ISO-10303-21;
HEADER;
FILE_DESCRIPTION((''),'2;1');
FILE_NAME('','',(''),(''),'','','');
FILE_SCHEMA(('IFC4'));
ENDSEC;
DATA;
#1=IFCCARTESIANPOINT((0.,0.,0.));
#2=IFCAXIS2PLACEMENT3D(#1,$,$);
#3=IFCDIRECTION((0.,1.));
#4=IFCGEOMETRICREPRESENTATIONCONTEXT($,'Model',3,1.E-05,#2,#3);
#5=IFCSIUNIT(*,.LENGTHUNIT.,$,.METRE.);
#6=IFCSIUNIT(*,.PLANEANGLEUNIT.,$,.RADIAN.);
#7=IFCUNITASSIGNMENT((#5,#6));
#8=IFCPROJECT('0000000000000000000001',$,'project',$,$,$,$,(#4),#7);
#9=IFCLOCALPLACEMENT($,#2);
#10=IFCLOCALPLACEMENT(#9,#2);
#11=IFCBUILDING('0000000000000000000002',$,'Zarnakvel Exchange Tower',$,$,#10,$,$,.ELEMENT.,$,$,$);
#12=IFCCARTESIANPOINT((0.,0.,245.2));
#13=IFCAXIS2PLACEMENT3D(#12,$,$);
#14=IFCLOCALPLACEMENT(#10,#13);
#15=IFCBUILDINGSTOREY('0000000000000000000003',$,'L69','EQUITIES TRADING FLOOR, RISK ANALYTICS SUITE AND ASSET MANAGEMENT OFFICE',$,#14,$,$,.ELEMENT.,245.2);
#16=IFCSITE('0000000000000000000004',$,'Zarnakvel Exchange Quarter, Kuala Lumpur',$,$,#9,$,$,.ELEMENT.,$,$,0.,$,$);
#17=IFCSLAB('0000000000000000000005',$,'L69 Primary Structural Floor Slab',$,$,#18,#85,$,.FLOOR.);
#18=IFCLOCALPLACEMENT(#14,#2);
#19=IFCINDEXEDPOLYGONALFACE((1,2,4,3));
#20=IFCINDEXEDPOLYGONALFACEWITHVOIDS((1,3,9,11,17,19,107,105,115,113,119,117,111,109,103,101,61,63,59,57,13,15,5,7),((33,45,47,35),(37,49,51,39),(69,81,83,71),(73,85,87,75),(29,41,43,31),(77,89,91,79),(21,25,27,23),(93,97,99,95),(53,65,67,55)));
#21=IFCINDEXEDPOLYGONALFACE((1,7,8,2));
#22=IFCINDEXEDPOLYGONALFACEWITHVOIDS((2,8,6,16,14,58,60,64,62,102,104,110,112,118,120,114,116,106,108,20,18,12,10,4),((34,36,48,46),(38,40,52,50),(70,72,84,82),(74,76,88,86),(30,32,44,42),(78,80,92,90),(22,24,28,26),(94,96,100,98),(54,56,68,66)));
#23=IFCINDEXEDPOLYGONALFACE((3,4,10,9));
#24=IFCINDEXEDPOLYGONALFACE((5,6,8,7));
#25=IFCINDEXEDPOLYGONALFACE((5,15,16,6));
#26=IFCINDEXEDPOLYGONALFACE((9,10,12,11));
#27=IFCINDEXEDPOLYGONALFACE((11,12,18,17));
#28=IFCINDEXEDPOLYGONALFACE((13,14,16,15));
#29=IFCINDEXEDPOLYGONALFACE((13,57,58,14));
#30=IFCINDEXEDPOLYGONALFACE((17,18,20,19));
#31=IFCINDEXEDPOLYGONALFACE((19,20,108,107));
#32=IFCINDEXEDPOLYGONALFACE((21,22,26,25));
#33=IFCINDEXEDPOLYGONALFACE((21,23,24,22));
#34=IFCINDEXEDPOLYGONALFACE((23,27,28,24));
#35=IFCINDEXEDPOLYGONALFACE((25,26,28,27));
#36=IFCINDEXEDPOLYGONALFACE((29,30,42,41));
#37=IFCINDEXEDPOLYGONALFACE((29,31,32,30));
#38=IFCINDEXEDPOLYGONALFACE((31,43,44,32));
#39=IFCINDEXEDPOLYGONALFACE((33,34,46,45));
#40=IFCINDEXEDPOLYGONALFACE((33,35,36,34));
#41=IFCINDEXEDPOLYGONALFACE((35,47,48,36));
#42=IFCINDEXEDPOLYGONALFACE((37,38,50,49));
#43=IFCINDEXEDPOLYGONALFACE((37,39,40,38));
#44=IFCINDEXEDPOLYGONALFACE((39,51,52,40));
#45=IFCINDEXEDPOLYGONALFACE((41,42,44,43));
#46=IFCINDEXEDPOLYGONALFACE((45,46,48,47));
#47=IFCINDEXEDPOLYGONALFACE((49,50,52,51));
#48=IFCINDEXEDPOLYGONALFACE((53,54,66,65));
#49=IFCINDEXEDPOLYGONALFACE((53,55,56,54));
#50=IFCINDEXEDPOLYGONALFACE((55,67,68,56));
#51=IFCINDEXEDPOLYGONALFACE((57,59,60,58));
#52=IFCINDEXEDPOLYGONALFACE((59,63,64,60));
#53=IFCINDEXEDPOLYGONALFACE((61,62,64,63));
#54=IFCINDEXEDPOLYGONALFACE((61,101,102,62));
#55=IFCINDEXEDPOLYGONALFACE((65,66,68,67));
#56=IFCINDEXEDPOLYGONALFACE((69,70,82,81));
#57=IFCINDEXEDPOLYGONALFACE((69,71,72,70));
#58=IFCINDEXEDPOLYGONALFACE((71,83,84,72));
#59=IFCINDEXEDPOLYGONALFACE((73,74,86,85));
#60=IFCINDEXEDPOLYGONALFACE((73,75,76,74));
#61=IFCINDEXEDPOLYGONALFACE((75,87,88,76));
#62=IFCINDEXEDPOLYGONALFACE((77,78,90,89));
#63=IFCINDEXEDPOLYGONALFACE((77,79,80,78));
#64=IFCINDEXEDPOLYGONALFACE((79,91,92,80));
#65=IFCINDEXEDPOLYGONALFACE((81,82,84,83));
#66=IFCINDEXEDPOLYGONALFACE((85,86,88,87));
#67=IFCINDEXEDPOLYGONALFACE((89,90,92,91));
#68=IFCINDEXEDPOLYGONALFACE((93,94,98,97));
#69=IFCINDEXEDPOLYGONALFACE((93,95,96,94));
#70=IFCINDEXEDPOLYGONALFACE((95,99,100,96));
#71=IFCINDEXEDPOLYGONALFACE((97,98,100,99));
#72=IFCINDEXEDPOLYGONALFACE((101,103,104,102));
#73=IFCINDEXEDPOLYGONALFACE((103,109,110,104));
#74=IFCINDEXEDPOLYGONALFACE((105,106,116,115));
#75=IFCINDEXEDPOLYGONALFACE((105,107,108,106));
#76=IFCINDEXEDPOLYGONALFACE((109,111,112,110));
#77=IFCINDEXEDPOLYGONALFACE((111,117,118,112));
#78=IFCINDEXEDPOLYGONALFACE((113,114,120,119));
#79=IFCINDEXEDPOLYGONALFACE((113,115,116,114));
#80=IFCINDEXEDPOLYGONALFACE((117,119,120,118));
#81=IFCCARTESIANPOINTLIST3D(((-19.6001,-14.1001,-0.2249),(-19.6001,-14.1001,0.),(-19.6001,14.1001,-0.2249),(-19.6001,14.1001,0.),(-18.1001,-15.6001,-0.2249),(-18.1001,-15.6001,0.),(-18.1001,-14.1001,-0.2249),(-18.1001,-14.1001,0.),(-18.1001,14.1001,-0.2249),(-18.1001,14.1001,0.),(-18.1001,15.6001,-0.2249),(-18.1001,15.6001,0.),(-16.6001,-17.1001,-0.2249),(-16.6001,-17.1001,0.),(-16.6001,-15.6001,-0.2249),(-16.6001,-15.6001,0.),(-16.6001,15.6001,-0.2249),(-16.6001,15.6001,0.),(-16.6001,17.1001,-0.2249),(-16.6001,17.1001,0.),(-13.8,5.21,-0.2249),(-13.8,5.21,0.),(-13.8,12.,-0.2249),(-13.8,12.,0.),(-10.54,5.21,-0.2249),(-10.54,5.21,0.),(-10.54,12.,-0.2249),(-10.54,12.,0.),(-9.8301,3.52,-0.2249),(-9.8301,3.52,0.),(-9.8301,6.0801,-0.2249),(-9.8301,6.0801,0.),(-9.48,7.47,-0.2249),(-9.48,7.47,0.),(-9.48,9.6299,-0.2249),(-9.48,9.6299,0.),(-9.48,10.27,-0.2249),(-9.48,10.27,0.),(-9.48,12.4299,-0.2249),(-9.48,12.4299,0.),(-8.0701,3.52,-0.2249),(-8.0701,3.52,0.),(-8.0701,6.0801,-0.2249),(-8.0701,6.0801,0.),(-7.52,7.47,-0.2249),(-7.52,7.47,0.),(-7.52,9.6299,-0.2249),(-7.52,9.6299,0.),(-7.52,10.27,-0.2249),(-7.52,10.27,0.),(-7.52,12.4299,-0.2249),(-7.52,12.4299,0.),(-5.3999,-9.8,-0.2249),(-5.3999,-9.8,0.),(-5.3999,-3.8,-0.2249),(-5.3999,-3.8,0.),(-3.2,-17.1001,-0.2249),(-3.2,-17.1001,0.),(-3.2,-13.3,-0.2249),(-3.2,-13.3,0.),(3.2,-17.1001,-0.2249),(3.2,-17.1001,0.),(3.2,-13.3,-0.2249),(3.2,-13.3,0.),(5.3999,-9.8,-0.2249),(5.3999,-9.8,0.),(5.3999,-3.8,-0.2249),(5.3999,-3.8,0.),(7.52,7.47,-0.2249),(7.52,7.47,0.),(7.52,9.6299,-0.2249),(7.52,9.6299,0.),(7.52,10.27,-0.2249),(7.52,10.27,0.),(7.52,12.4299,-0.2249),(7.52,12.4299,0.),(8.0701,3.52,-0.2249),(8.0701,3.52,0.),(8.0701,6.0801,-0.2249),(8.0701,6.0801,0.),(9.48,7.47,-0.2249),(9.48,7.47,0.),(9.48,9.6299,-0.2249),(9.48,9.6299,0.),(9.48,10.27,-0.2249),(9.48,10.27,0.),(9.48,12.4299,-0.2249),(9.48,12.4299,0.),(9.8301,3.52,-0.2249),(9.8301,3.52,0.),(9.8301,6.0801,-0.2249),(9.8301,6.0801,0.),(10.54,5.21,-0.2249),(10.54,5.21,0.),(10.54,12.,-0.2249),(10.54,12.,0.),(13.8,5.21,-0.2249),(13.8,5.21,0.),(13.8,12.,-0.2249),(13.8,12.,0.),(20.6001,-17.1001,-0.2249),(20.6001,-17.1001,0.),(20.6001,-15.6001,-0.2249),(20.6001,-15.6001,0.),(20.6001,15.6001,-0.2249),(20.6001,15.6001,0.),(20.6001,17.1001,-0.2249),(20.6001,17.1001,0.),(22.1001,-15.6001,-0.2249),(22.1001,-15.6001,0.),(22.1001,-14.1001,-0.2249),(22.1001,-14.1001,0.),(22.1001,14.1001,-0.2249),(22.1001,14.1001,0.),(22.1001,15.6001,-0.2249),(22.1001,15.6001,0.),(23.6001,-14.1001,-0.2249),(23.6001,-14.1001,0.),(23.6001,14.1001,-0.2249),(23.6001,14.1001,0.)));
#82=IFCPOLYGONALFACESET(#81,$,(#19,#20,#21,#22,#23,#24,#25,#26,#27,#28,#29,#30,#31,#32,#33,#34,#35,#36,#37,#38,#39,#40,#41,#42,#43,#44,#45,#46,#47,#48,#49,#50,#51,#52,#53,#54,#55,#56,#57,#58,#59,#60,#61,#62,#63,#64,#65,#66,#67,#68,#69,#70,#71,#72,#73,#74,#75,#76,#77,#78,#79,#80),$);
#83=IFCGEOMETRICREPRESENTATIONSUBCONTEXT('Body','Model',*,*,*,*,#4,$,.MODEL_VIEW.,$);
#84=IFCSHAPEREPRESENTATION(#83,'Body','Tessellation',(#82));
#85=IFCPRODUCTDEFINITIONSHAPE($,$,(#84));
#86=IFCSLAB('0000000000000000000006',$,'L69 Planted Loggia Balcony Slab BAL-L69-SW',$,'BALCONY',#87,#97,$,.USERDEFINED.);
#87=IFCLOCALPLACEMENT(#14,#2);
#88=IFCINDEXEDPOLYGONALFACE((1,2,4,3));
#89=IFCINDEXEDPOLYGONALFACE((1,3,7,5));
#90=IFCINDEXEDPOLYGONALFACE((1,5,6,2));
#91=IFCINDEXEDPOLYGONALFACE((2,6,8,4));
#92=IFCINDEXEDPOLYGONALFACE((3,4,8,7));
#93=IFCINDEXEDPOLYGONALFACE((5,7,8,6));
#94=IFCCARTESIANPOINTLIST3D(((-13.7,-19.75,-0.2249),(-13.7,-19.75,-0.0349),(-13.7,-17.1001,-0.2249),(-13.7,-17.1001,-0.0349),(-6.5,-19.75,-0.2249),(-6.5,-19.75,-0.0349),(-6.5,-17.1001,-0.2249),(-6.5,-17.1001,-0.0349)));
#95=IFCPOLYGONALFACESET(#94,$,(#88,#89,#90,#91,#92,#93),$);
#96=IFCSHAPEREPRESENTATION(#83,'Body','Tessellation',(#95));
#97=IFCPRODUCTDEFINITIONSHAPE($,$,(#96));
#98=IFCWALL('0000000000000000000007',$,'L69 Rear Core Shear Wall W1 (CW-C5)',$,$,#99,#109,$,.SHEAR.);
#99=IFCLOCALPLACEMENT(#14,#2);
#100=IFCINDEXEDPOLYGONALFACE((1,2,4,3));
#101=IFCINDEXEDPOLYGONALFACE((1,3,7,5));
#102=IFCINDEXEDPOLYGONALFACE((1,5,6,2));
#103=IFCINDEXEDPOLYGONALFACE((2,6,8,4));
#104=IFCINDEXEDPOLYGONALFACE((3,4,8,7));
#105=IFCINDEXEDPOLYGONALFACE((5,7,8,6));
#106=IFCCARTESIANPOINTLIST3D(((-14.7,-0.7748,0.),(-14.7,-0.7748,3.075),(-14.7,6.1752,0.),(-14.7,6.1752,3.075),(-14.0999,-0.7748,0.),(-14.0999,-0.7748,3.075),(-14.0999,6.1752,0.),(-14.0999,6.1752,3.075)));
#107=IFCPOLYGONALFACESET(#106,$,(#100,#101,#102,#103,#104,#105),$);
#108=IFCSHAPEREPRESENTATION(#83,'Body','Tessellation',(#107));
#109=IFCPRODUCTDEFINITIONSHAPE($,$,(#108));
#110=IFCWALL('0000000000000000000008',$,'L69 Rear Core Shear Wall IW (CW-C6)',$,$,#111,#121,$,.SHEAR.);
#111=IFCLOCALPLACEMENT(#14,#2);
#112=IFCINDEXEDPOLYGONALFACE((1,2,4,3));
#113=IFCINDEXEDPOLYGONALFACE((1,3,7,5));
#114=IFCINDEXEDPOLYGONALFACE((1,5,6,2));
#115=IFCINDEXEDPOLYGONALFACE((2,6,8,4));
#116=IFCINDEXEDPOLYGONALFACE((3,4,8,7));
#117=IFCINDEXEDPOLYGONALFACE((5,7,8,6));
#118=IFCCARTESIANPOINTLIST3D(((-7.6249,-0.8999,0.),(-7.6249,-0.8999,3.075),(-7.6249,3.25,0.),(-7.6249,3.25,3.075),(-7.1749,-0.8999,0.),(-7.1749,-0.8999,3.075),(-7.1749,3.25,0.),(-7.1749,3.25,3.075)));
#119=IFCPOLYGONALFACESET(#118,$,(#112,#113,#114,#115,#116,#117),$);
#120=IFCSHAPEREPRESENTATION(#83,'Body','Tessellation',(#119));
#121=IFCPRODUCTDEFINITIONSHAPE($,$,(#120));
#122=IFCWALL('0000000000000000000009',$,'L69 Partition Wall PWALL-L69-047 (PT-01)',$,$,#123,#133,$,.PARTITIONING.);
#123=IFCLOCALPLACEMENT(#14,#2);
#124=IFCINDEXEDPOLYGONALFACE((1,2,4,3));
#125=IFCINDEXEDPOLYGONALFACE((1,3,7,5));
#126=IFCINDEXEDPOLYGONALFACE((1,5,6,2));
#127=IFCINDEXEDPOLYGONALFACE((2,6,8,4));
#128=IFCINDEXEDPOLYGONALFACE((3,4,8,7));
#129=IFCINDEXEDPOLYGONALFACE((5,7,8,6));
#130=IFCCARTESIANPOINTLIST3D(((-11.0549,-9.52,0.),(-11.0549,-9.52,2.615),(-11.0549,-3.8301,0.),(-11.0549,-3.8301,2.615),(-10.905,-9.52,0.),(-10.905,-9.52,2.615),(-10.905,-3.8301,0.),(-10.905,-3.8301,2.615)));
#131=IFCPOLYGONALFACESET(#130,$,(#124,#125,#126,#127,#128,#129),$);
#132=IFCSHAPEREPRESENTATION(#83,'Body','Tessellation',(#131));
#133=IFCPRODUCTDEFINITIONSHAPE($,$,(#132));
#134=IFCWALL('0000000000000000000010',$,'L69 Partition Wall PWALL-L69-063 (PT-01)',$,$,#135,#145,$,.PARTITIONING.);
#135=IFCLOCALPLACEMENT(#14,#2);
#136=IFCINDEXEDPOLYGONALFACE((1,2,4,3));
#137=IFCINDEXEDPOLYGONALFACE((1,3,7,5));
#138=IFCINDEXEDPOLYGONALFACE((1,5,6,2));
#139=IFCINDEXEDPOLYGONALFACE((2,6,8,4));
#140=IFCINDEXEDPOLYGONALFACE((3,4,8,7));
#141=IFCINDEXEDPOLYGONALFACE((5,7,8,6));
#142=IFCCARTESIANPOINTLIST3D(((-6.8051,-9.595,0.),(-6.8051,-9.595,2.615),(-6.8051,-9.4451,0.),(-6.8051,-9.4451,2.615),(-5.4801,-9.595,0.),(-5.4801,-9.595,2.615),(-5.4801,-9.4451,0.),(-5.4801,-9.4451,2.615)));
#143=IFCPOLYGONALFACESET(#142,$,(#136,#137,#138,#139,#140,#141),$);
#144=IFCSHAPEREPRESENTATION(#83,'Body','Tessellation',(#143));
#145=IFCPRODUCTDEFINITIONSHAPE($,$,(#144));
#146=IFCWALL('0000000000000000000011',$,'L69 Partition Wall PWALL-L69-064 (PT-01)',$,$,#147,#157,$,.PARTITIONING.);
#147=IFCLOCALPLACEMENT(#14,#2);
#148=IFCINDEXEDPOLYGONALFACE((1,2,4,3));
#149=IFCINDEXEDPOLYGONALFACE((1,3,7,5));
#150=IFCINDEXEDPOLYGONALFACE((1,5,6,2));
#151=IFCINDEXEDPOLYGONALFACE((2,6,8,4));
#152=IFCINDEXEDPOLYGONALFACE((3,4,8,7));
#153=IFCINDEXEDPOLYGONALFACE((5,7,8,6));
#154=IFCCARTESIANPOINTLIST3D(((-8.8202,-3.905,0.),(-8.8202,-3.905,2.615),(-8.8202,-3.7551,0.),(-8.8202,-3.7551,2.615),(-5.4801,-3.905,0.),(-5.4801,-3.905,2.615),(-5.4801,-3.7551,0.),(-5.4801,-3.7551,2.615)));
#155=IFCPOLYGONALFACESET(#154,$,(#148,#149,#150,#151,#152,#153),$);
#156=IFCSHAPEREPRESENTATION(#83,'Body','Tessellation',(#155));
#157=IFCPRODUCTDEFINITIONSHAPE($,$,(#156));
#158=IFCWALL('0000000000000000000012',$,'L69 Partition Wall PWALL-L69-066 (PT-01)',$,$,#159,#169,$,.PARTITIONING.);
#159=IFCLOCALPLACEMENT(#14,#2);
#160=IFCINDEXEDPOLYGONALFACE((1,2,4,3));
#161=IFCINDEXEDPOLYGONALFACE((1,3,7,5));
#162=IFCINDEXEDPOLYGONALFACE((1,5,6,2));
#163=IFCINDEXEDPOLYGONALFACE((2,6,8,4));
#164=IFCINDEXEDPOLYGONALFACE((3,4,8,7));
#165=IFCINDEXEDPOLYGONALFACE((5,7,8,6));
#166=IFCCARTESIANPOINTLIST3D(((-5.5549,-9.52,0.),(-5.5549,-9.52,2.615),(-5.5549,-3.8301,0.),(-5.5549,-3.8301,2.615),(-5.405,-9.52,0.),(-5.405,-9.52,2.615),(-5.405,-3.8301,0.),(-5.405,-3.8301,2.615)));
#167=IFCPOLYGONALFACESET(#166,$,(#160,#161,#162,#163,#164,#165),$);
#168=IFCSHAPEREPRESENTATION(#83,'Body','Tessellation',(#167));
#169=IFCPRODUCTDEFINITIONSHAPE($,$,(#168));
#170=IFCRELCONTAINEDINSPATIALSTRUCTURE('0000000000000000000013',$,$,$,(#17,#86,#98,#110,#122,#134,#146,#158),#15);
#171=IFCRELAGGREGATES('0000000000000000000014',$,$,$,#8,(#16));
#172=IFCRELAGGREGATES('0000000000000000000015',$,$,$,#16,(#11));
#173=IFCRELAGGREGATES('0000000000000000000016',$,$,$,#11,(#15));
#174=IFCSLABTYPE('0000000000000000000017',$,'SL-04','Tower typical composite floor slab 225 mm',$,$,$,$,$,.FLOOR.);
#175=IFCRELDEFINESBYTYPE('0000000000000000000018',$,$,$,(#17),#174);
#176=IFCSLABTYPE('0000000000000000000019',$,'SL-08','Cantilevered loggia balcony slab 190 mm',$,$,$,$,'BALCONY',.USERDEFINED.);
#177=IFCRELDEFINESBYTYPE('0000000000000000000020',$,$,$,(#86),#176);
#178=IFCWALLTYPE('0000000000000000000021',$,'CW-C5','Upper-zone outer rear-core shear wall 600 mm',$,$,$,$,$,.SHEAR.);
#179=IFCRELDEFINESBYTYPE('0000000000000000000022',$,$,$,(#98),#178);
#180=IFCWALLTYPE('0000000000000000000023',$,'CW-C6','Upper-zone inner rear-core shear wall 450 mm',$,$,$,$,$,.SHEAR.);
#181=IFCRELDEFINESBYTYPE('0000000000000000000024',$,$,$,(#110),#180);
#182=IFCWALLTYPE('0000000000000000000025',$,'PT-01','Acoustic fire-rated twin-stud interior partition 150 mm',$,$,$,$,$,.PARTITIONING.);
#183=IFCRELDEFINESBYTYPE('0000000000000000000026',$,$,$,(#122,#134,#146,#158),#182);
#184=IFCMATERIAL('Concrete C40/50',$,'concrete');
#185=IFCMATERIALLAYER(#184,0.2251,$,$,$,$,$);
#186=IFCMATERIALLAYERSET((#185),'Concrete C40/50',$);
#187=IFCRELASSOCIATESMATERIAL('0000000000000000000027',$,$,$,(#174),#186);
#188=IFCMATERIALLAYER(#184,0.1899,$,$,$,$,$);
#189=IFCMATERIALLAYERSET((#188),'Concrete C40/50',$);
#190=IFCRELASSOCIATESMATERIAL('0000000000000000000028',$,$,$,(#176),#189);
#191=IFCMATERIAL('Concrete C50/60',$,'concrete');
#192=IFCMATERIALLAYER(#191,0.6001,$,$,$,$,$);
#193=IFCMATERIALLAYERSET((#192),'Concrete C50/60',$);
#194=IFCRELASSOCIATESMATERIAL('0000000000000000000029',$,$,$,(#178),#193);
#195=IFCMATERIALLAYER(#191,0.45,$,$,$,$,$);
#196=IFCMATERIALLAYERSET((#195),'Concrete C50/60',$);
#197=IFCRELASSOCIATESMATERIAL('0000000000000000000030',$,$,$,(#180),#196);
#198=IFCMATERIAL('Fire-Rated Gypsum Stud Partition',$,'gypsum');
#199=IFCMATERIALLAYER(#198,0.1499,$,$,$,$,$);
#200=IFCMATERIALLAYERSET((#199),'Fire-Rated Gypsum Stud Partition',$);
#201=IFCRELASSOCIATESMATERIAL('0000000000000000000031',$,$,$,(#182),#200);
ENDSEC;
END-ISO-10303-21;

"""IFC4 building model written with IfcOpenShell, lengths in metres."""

from ifc_helpers import new_model, si_unit, direction, frame, frame_2d, origin, place, context, subcontext, project, spatial, polyline, rectangle, outline, extrude, material, layer, layer_set, type_object, element, save


model = new_model("IFC4")

# Units and contexts
model_context = context("Model", 3, precision=1e-05, world=origin(), true_north=direction((0.0, 1.0)))
body_context = subcontext(model_context, "Body", "Model", "MODEL_VIEW")
ifc_project = project(units=[si_unit("LENGTHUNIT", "METRE"), si_unit("PLANEANGLEUNIT", "RADIAN")], contexts=[model_context])

# Site, building, storey
site_placement = place(None, origin())
site = spatial("IfcSite", under=ifc_project, at=site_placement, Name="Zarnakvel Exchange Quarter, Kuala Lumpur", CompositionType="ELEMENT", RefElevation=0.0)
building_placement = place(site_placement, origin())
building = spatial("IfcBuilding", under=site, at=building_placement, Name="Zarnakvel Exchange Tower", CompositionType="ELEMENT")
storey_placement = place(building_placement, frame((0.0, 0.0, 245.2)))
storey = spatial("IfcBuildingStorey", under=building, at=storey_placement, Name="L69", Description="EQUITIES TRADING FLOOR, RISK ANALYTICS SUITE AND ASSET MANAGEMENT OFFICE", CompositionType="ELEMENT", Elevation=245.2)

# Shared definitions
ifc_material_1 = material(Name="Concrete C50/60", Category="concrete")

# Slabs
ifc_material_2 = material(Name="Concrete C40/50", Category="concrete")
ifc_layer_1 = layer(ifc_material_2, 0.2251)
ifc_layer_set_1 = layer_set([ifc_layer_1], Name="Concrete C40/50")
slab_type_1 = type_object("IfcSlabType", Name="SL-04", Description="Tower typical composite floor slab 225 mm", PredefinedType="FLOOR", material=ifc_layer_set_1)
slab_1_placement = place(storey_placement, frame((0.0, 0.0, -0.2249)))
element("IfcSlab", 1, at=slab_1_placement, inside=storey, type_object=slab_type_1, Name="L69 Primary Structural Floor Slab", PredefinedType="FLOOR", context=body_context, shape_type="SweptSolid", body=[
    extrude(outline(polyline([(-19.6001, -14.1001), (-18.1001, -14.1001), (-18.1001, -15.6001), (-16.6001, -15.6001), (-16.6001, -17.1001), (-3.2, -17.1001), (-3.2, -13.3), (3.2, -13.3), (3.2, -17.1001), (20.6001, -17.1001), (20.6001, -15.6001), (22.1001, -15.6001), (22.1001, -14.1001), (23.6001, -14.1001), (23.6001, 14.1001), (22.1001, 14.1001), (22.1001, 15.6001), (20.6001, 15.6001), (20.6001, 17.1001), (-16.6001, 17.1001), (-16.6001, 15.6001), (-18.1001, 15.6001), (-18.1001, 14.1001), (-19.6001, 14.1001), (-19.6001, -14.1001)]), holes=[polyline([(-5.3999, -9.8), (5.3999, -9.8), (5.3999, -3.8), (-5.3999, -3.8), (-5.3999, -9.8)]), polyline([(-13.8, 5.21), (-10.54, 5.21), (-10.54, 12.0), (-13.8, 12.0), (-13.8, 5.21)]), polyline([(10.54, 5.21), (13.8, 5.21), (13.8, 12.0), (10.54, 12.0), (10.54, 5.21)]), polyline([(-9.8301, 3.52), (-8.0701, 3.52), (-8.0701, 6.0801), (-9.8301, 6.0801), (-9.8301, 3.52)]), polyline([(8.0701, 3.52), (9.8301, 3.52), (9.8301, 6.0801), (8.0701, 6.0801), (8.0701, 3.52)]), polyline([(-9.48, 7.47), (-7.52, 7.47), (-7.52, 9.6299), (-9.48, 9.6299), (-9.48, 7.47)]), polyline([(-9.48, 10.27), (-7.52, 10.27), (-7.52, 12.4299), (-9.48, 12.4299), (-9.48, 10.27)]), polyline([(7.52, 7.47), (9.48, 7.47), (9.48, 9.6299), (7.52, 9.6299), (7.52, 7.47)]), polyline([(7.52, 10.27), (9.48, 10.27), (9.48, 12.4299), (7.52, 12.4299), (7.52, 10.27)])]), origin(), (0.0, 0.0, 1.0), 0.2249),
])
ifc_layer_2 = layer(ifc_material_2, 0.1899)
ifc_layer_set_2 = layer_set([ifc_layer_2], Name="Concrete C40/50")
slab_type_2 = type_object("IfcSlabType", Name="SL-08", Description="Cantilevered loggia balcony slab 190 mm", ElementType="BALCONY", PredefinedType="USERDEFINED", material=ifc_layer_set_2)
slab_2_placement = place(storey_placement, frame((0.0, 0.0, -0.2249)))
element("IfcSlab", 2, at=slab_2_placement, inside=storey, type_object=slab_type_2, Name="L69 Planted Loggia Balcony Slab BAL-L69-SW", ObjectType="BALCONY", PredefinedType="USERDEFINED", context=body_context, shape_type="SweptSolid", body=[
    extrude(outline(polyline([(-13.7, -19.75), (-6.5, -19.75), (-6.5, -17.1001), (-13.7, -17.1001), (-13.7, -19.75)])), origin(), (0.0, 0.0, 1.0), 0.1899),
])

# Wall
ifc_layer_3 = layer(ifc_material_1, 0.6001)
ifc_layer_set_3 = layer_set([ifc_layer_3], Name="Concrete C50/60")
wall_type_1 = type_object("IfcWallType", Name="CW-C5", Description="Upper-zone outer rear-core shear wall 600 mm", PredefinedType="SHEAR", material=ifc_layer_set_3)
wall_1_placement = place(storey_placement, frame((-14.3999, -0.7749, 0.0), z_axis=(0.0, 0.0, 1.0), x_axis=(0.0, 1.0, 0.0)))
element("IfcWall", 3, at=wall_1_placement, inside=storey, type_object=wall_type_1, Name="L69 Rear Core Shear Wall W1 (CW-C5)", PredefinedType="SHEAR", context=body_context, shape_type="SweptSolid", body=[
    extrude(rectangle(XDim=6.95, YDim=0.6001, at=frame_2d((3.4751, 0.0))), origin(), (0.0, 0.0, 1.0), 3.075),
])

# Walls
ifc_layer_4 = layer(ifc_material_1, 0.45)
ifc_layer_set_4 = layer_set([ifc_layer_4], Name="Concrete C50/60")
wall_type_2 = type_object("IfcWallType", Name="CW-C6", Description="Upper-zone inner rear-core shear wall 450 mm", PredefinedType="SHEAR", material=ifc_layer_set_4)
wall_2_placement = place(storey_placement, frame((-7.3999, -0.8999, 0.0), z_axis=(0.0, 0.0, 1.0), x_axis=(0.0, 1.0, 0.0)))
element("IfcWall", 4, at=wall_2_placement, inside=storey, type_object=wall_type_2, Name="L69 Rear Core Shear Wall IW (CW-C6)", PredefinedType="SHEAR", context=body_context, shape_type="SweptSolid", body=[
    extrude(rectangle(XDim=4.1499, YDim=0.45, at=frame_2d((2.075, 0.0))), origin(), (0.0, 0.0, 1.0), 3.075),
])
ifc_material_3 = material(Name="Fire-Rated Gypsum Stud Partition", Category="gypsum")
ifc_layer_5 = layer(ifc_material_3, 0.1499)
ifc_layer_set_5 = layer_set([ifc_layer_5], Name="Fire-Rated Gypsum Stud Partition")
wall_type_3 = type_object("IfcWallType", Name="PT-01", Description="Acoustic fire-rated twin-stud interior partition 150 mm", PredefinedType="PARTITIONING", material=ifc_layer_set_5)
wall_3_placement = place(storey_placement, frame((-10.98, -3.8301, 0.0), z_axis=(0.0, 0.0, 1.0), x_axis=(0.0, -1.0, 0.0)))
element("IfcWall", 5, at=wall_3_placement, inside=storey, type_object=wall_type_3, Name="L69 Partition Wall PWALL-L69-047 (PT-01)", PredefinedType="PARTITIONING", context=body_context, shape_type="SweptSolid", body=[
    extrude(rectangle(XDim=5.6899, YDim=0.1499, at=frame_2d((2.845, 0.0))), origin(), (0.0, 0.0, 1.0), 2.615),
])
wall_4_placement = place(storey_placement, frame((-5.48, -9.52, 0.0), z_axis=(0.0, 0.0, 1.0), x_axis=(-1.0, 0.0, 0.0)))
element("IfcWall", 6, at=wall_4_placement, inside=storey, type_object=wall_type_3, Name="L69 Partition Wall PWALL-L69-063 (PT-01)", PredefinedType="PARTITIONING", context=body_context, shape_type="SweptSolid", body=[
    extrude(rectangle(XDim=1.325, YDim=0.1499, at=frame_2d((0.6626, 0.0))), origin(), (0.0, 0.0, 1.0), 2.615),
])
wall_5_placement = place(storey_placement, frame((-8.8201, -3.8301, 0.0), z_axis=(0.0, 0.0, 1.0), x_axis=(1.0, 0.0, 0.0)))
element("IfcWall", 7, at=wall_5_placement, inside=storey, type_object=wall_type_3, Name="L69 Partition Wall PWALL-L69-064 (PT-01)", PredefinedType="PARTITIONING", context=body_context, shape_type="SweptSolid", body=[
    extrude(rectangle(XDim=3.3401, YDim=0.1499, at=frame_2d((1.6699, 0.0))), origin(), (0.0, 0.0, 1.0), 2.615),
])

# Wall
wall_6_placement = place(storey_placement, frame((-5.48, -3.8301, 0.0), z_axis=(0.0, 0.0, 1.0), x_axis=(0.0, -1.0, 0.0)))
element("IfcWall", 8, at=wall_6_placement, inside=storey, type_object=wall_type_3, Name="L69 Partition Wall PWALL-L69-066 (PT-01)", PredefinedType="PARTITIONING", context=body_context, shape_type="SweptSolid", body=[
    extrude(rectangle(XDim=5.6899, YDim=0.1499, at=frame_2d((2.845, 0.0))), origin(), (0.0, 0.0, 1.0), 2.615),
])

save(model, "model.ifc")
